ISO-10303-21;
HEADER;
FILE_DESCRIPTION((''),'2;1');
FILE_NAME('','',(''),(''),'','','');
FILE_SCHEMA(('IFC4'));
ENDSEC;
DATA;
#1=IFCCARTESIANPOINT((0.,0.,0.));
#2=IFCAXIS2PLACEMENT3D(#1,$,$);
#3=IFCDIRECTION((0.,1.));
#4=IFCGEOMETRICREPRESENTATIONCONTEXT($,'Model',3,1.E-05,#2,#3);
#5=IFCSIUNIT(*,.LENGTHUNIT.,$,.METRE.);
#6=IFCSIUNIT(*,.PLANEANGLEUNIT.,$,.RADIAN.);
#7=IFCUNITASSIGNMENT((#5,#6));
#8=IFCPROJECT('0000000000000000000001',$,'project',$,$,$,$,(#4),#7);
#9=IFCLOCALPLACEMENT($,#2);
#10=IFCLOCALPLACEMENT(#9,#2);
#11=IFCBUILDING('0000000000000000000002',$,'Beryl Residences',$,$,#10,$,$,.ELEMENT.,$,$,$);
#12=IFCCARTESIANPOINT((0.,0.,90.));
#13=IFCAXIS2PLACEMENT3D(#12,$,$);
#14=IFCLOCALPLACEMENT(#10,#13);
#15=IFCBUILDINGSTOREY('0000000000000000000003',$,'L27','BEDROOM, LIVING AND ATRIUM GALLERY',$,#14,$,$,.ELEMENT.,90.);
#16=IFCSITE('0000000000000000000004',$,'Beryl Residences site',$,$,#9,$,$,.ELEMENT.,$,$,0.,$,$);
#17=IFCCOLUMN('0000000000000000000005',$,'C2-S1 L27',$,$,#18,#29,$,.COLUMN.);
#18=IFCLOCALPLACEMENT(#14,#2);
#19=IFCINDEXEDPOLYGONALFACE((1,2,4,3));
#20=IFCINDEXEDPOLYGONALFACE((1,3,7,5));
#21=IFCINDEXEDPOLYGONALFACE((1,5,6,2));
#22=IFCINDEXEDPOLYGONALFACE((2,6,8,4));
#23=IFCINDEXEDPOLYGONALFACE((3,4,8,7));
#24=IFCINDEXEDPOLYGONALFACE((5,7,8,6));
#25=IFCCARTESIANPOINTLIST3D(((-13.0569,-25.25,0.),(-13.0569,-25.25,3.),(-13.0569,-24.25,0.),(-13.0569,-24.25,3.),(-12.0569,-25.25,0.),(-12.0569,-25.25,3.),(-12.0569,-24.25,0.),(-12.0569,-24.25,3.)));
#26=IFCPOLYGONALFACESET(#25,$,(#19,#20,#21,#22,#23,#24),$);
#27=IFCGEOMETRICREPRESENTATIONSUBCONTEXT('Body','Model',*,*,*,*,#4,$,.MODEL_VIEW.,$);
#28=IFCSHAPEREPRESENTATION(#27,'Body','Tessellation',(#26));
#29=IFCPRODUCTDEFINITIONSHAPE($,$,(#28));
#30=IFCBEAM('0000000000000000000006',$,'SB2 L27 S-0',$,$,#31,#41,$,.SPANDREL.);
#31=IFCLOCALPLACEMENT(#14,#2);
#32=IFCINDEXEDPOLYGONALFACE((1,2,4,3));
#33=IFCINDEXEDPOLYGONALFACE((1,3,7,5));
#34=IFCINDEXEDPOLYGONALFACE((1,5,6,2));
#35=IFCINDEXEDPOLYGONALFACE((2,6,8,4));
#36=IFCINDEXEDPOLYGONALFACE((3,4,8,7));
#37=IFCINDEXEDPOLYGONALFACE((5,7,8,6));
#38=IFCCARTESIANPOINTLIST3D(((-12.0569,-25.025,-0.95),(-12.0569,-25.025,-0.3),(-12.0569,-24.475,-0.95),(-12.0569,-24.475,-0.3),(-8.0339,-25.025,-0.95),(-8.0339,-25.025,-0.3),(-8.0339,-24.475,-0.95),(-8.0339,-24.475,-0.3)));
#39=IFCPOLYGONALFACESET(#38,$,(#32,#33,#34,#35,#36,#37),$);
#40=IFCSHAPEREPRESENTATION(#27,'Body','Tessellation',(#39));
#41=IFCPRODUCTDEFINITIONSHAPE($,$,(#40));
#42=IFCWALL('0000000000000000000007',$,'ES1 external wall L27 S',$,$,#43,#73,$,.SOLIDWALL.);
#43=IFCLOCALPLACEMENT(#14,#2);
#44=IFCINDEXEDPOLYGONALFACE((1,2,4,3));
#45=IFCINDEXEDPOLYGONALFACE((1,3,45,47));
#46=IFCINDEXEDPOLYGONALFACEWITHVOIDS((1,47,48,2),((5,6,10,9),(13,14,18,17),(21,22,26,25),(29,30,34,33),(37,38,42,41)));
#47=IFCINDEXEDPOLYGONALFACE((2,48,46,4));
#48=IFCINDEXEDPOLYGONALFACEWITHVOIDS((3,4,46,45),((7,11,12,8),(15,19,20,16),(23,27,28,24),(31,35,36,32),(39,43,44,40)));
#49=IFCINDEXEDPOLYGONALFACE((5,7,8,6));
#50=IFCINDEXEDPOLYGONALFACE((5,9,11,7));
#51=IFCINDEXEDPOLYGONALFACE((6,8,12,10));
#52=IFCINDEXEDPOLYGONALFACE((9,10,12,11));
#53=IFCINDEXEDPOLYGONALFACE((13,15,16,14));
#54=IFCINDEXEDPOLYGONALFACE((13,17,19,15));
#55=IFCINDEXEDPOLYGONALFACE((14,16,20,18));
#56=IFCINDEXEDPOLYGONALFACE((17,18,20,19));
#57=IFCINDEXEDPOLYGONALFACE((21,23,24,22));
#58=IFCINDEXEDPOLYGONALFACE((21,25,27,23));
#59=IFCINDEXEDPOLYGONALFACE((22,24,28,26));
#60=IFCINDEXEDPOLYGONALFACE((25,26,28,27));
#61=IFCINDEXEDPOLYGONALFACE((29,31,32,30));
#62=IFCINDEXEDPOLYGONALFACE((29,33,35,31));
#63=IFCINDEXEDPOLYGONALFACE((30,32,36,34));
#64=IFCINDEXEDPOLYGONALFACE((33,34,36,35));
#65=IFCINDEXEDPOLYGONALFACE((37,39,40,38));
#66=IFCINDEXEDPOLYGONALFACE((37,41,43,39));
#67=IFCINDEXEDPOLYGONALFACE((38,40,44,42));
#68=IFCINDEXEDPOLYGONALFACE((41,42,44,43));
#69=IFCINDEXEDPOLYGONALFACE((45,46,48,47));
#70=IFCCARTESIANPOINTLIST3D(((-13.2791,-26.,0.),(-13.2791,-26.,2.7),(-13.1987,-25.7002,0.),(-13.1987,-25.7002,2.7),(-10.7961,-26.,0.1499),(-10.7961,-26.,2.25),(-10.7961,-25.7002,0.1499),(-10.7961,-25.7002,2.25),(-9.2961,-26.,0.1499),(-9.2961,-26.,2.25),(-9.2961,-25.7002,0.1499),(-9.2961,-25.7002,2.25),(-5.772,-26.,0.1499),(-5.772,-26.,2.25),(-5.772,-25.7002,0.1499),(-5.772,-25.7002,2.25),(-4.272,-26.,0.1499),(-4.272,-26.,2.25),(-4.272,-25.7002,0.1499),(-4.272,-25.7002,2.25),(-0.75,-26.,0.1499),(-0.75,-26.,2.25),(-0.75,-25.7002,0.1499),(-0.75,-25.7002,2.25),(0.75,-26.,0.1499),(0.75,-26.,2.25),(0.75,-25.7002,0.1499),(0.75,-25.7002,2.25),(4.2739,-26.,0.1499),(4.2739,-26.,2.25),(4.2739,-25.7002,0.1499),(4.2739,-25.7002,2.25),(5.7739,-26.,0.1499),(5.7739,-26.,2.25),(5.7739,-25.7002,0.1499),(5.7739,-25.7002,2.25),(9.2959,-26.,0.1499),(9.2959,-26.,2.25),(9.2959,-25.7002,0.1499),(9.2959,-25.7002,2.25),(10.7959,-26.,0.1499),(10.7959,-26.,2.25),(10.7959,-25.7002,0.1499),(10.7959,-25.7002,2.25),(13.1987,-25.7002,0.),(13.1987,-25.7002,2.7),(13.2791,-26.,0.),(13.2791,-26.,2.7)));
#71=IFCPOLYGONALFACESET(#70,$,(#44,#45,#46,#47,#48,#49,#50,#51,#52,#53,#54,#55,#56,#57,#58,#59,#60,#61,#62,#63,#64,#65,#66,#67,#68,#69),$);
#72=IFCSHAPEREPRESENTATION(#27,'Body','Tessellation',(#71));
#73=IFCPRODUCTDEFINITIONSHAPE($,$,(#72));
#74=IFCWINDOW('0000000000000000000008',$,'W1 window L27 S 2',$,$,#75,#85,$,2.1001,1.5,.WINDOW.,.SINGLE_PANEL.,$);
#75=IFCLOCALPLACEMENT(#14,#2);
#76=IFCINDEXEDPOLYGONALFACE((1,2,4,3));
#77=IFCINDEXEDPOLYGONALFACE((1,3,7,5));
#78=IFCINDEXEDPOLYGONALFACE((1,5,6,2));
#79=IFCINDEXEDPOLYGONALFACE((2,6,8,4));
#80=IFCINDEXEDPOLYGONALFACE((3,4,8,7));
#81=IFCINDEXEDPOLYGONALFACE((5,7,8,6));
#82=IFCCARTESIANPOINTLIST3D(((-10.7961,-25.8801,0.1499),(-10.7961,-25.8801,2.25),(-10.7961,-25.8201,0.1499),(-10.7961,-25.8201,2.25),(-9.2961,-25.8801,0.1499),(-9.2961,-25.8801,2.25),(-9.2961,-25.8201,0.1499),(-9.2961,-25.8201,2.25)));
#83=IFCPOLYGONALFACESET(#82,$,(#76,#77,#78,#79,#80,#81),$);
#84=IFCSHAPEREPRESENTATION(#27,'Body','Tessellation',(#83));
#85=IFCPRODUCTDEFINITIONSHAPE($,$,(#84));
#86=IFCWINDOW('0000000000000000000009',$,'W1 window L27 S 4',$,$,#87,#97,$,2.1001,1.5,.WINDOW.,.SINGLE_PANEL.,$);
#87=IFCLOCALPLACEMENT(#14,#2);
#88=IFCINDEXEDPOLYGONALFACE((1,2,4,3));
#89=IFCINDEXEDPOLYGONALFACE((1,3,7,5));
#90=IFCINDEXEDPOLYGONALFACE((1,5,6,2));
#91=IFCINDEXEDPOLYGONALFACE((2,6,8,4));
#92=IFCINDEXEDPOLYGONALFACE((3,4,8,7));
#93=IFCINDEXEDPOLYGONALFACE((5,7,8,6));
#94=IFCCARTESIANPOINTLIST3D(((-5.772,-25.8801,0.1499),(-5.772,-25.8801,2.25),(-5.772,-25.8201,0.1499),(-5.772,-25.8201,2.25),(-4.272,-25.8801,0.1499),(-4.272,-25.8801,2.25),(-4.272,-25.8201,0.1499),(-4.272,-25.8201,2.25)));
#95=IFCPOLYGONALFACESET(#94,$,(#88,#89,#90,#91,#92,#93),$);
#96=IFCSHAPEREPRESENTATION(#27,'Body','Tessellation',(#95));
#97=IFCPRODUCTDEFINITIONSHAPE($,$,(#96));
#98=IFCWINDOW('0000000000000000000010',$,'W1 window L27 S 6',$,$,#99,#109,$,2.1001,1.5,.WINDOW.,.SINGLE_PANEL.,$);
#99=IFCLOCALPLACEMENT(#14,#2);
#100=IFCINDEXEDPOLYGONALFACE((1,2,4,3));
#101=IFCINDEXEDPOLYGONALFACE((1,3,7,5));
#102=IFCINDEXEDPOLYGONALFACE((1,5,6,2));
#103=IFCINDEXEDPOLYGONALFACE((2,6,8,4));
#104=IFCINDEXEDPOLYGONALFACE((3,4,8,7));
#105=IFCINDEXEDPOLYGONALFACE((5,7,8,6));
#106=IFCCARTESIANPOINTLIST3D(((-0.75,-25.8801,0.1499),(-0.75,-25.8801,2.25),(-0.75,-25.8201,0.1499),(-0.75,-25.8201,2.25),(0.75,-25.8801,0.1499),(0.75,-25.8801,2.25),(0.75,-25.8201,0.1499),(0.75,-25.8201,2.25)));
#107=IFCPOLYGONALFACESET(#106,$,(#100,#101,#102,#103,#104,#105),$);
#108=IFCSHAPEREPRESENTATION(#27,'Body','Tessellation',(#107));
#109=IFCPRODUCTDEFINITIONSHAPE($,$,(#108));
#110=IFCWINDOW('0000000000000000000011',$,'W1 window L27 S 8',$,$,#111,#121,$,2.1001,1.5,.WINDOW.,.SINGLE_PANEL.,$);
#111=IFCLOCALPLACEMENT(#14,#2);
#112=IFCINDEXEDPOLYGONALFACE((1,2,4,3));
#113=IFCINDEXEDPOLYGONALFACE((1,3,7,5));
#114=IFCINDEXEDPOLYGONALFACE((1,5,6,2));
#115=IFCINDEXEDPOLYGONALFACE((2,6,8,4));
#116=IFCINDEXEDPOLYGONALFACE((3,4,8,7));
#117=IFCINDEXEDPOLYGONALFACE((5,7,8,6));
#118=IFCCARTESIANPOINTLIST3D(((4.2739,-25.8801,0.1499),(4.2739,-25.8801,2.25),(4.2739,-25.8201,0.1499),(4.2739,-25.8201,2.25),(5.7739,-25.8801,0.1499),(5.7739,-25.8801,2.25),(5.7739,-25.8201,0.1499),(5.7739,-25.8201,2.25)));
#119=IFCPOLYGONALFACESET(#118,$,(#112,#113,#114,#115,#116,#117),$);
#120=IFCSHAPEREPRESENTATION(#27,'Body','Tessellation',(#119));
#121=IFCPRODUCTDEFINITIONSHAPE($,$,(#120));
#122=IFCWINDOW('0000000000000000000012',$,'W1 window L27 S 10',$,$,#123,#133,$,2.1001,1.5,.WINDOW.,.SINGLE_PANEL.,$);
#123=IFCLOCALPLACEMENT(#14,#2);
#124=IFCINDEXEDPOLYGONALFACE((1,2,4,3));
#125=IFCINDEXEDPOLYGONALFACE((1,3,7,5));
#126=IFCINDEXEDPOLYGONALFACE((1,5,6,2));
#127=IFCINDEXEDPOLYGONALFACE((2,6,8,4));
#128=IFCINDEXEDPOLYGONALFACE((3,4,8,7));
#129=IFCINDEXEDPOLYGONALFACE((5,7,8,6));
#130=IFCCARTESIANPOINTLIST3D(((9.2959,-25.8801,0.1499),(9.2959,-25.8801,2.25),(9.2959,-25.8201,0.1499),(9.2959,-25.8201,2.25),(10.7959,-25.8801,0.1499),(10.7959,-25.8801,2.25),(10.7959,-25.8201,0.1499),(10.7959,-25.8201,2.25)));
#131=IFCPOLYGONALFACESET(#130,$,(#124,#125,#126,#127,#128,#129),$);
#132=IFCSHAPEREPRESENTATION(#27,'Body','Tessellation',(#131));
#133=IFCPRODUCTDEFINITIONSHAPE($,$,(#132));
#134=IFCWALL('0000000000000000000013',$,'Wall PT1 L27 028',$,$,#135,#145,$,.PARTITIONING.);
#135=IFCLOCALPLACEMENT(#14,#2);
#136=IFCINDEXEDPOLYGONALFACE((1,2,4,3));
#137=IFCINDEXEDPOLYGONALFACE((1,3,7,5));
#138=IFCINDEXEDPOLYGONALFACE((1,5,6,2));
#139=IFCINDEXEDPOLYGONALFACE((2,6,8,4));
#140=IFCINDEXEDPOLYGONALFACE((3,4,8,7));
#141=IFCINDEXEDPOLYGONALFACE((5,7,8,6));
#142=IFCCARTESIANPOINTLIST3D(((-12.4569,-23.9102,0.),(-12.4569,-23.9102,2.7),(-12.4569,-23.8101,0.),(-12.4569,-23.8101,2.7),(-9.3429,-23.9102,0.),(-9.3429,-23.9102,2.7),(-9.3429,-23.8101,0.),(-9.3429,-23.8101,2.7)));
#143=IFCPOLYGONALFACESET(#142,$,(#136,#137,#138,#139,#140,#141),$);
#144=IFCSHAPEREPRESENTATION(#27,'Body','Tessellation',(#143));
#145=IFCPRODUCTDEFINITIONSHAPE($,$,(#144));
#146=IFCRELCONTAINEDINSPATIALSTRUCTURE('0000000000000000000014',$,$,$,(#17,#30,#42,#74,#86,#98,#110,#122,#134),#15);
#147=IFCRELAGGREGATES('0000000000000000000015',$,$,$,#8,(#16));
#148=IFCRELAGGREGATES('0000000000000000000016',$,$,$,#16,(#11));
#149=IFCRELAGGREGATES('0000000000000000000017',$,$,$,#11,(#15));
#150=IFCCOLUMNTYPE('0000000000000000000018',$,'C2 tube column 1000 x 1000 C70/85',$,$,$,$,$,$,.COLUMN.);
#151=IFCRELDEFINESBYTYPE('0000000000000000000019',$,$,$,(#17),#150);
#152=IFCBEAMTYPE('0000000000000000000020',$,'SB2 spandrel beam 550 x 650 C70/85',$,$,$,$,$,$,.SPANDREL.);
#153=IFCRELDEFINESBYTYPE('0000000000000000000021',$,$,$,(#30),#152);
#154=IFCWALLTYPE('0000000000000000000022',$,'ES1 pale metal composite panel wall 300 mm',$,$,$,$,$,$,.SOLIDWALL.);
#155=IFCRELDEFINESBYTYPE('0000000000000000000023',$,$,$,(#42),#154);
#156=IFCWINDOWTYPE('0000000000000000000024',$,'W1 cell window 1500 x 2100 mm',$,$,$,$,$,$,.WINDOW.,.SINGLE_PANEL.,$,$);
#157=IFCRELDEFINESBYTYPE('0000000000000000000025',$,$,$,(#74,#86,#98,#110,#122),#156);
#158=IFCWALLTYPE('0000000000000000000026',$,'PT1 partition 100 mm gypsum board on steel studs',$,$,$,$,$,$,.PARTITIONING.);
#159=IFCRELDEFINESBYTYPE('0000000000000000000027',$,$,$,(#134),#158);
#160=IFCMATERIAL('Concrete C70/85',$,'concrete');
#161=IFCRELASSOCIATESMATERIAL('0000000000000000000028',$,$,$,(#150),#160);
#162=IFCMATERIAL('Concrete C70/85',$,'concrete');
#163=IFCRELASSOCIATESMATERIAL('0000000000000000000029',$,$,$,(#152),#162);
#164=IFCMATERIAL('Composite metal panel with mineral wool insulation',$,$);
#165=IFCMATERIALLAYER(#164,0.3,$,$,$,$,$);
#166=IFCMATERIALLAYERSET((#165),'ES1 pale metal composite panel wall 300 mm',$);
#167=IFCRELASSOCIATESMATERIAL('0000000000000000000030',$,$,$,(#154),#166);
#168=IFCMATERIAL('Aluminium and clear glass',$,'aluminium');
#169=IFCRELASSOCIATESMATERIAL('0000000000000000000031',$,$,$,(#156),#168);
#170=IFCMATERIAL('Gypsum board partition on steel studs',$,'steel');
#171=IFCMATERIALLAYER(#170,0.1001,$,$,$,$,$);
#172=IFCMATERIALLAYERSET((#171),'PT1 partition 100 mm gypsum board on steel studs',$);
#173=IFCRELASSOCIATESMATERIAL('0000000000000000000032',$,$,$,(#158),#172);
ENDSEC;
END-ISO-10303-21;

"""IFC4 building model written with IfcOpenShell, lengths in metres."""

from ifc_helpers import new_model, si_unit, direction, frame, frame_2d, origin, origin_2d, place, context, subcontext, project, spatial, polyline, rectangle, outline, extrude, material, layer, layer_set, material_profile, profile_set, type_object, element, fill, save


model = new_model("IFC4")

# Units and contexts
model_context = context("Model", 3, precision=1e-05, world=origin(), true_north=direction((0.0, 1.0)))
body_context = subcontext(model_context, "Body", "Model", "MODEL_VIEW")
ifc_project = project(units=[si_unit("LENGTHUNIT", "METRE"), si_unit("PLANEANGLEUNIT", "RADIAN")], contexts=[model_context])

# Site, building, storey
site_placement = place(None, origin())
site = spatial("IfcSite", under=ifc_project, at=site_placement, Name="Beryl Residences site", CompositionType="ELEMENT", RefElevation=0.0)
building_placement = place(site_placement, origin())
building = spatial("IfcBuilding", under=site, at=building_placement, Name="Beryl Residences", CompositionType="ELEMENT")
storey_placement = place(building_placement, frame((0.0, 0.0, 90.0)))
storey = spatial("IfcBuildingStorey", under=building, at=storey_placement, Name="L27", Description="BEDROOM, LIVING AND ATRIUM GALLERY", CompositionType="ELEMENT", Elevation=90.0)

# Column
ifc_material_1 = material(Name="Concrete C70/85", Category="concrete")
ifc_material_profile_1 = material_profile(ifc_material_1, rectangle(XDim=1.0, YDim=1.0, at=origin_2d()))
ifc_profile_set_1 = profile_set([ifc_material_profile_1], Name="Concrete C70/85")
column_type = type_object("IfcColumnType", Name="C2 tube column 1000 x 1000 C70/85", PredefinedType="COLUMN", material=ifc_profile_set_1)
column_placement = place(storey_placement, frame((-12.5569, -24.75, 0.0), z_axis=(0.0, 0.0, 1.0), x_axis=(1.0, 0.0, 0.0)))
element("IfcColumn", 1, at=column_placement, inside=storey, type_object=column_type, Name="C2-S1 L27", PredefinedType="COLUMN", context=body_context, shape_type="SweptSolid", body=[
    extrude(rectangle(XDim=1.0, YDim=1.0, at=origin_2d()), origin(), (0.0, 0.0, 1.0), 3.0),
])

# Beam
ifc_material_2 = material(Name="Concrete C70/85", Category="concrete")
ifc_material_profile_2 = material_profile(ifc_material_2, rectangle(XDim=0.55, YDim=0.6499, at=origin_2d()))
ifc_profile_set_2 = profile_set([ifc_material_profile_2], Name="Concrete C70/85")
beam_type = type_object("IfcBeamType", Name="SB2 spandrel beam 550 x 650 C70/85", PredefinedType="SPANDREL", material=ifc_profile_set_2)
beam_placement = place(storey_placement, frame((-12.0569, -24.75, -0.625), z_axis=(1.0, 0.0, 0.0), x_axis=(0.0, 1.0, 0.0)))
element("IfcBeam", 2, at=beam_placement, inside=storey, type_object=beam_type, Name="SB2 L27 S-0", PredefinedType="SPANDREL", context=body_context, shape_type="SweptSolid", body=[
    extrude(rectangle(XDim=0.55, YDim=0.6499, at=origin_2d()), origin(), (0.0, 0.0, 1.0), 4.0229),
])

# Wall, openings, windows
ifc_material_3 = material(Name="Composite metal panel with mineral wool insulation")
ifc_layer_1 = layer(ifc_material_3, 0.3)
ifc_layer_set_1 = layer_set([ifc_layer_1], Name="ES1 pale metal composite panel wall 300 mm")
wall_type_1 = type_object("IfcWallType", Name="ES1 pale metal composite panel wall 300 mm", PredefinedType="SOLIDWALL", material=ifc_layer_set_1)
wall_1_placement = place(storey_placement, frame((-13.2791, -25.8501, 0.0), z_axis=(0.0, 0.0, 1.0), x_axis=(1.0, 0.0, 0.0)))
wall_1 = element("IfcWall", 3, at=wall_1_placement, inside=storey, type_object=wall_type_1, Name="ES1 external wall L27 S", PredefinedType="SOLIDWALL", context=body_context, shape_type="SweptSolid", body=[
    extrude(outline(polyline([(0.0, -0.1499), (26.5581, -0.1499), (26.4778, 0.1499), (0.0803, 0.1499), (0.0, -0.1499)])), origin(), (0.0, 0.0, 1.0), 2.7),
])
opening_1_placement = place(wall_1_placement, frame((2.4829, 0.0, 0.1499)))
opening_1 = element("IfcOpeningElement", 4, at=opening_1_placement, cuts=wall_1, PredefinedType="OPENING", context=body_context, shape_type="SweptSolid", body=[
    extrude(rectangle(XDim=1.5, YDim=2.1001, at=frame_2d((0.75, 1.05))), frame((0.0, 0.1599, 0.0), z_axis=(0.0, -1.0, 0.0), x_axis=(1.0, 0.0, 0.0)), (0.0, 0.0, 1.0), 0.3201),
])
opening_2_placement = place(wall_1_placement, frame((7.5071, 0.0, 0.1499)))
opening_2 = element("IfcOpeningElement", 5, at=opening_2_placement, cuts=wall_1, PredefinedType="OPENING", context=body_context, shape_type="SweptSolid", body=[
    extrude(rectangle(XDim=1.5, YDim=2.1001, at=frame_2d((0.75, 1.05))), frame((0.0, 0.1599, 0.0), z_axis=(0.0, -1.0, 0.0), x_axis=(1.0, 0.0, 0.0)), (0.0, 0.0, 1.0), 0.3201),
])
opening_3_placement = place(wall_1_placement, frame((12.5291, 0.0, 0.1499)))
opening_3 = element("IfcOpeningElement", 6, at=opening_3_placement, cuts=wall_1, PredefinedType="OPENING", context=body_context, shape_type="SweptSolid", body=[
    extrude(rectangle(XDim=1.5, YDim=2.1001, at=frame_2d((0.75, 1.05))), frame((0.0, 0.1599, 0.0), z_axis=(0.0, -1.0, 0.0), x_axis=(1.0, 0.0, 0.0)), (0.0, 0.0, 1.0), 0.3201),
])
opening_4_placement = place(wall_1_placement, frame((17.553, 0.0, 0.1499)))
opening_4 = element("IfcOpeningElement", 7, at=opening_4_placement, cuts=wall_1, PredefinedType="OPENING", context=body_context, shape_type="SweptSolid", body=[
    extrude(rectangle(XDim=1.5, YDim=2.1001, at=frame_2d((0.75, 1.05))), frame((0.0, 0.1599, 0.0), z_axis=(0.0, -1.0, 0.0), x_axis=(1.0, 0.0, 0.0)), (0.0, 0.0, 1.0), 0.3201),
])
opening_5_placement = place(wall_1_placement, frame((22.575, 0.0, 0.1499)))
opening_5 = element("IfcOpeningElement", 8, at=opening_5_placement, cuts=wall_1, PredefinedType="OPENING", context=body_context, shape_type="SweptSolid", body=[
    extrude(rectangle(XDim=1.5, YDim=2.1001, at=frame_2d((0.75, 1.05))), frame((0.0, 0.1599, 0.0), z_axis=(0.0, -1.0, 0.0), x_axis=(1.0, 0.0, 0.0)), (0.0, 0.0, 1.0), 0.3201),
])
ifc_material_4 = material(Name="Aluminium and clear glass", Category="aluminium")
window_type = type_object("IfcWindowType", Name="W1 cell window 1500 x 2100 mm", PartitioningType="SINGLE_PANEL", PredefinedType="WINDOW", material=ifc_material_4)
window_1_placement = place(opening_1_placement, origin())
window_1 = element("IfcWindow", 9, at=window_1_placement, inside=storey, type_object=window_type, Name="W1 window L27 S 2", OverallHeight=2.1001, OverallWidth=1.5, PartitioningType="SINGLE_PANEL", PredefinedType="WINDOW", context=body_context, shape_type="SweptSolid", body=[
    extrude(rectangle(XDim=1.5, YDim=2.1001, at=frame_2d((0.75, 1.05))), frame((0.0, 0.03, 0.0), z_axis=(0.0, -1.0, 0.0), x_axis=(1.0, 0.0, 0.0)), (0.0, 0.0, 1.0), 0.0601),
])
fill(opening_1, window_1)
window_2_placement = place(opening_2_placement, origin())
window_2 = element("IfcWindow", 10, at=window_2_placement, inside=storey, type_object=window_type, Name="W1 window L27 S 4", OverallHeight=2.1001, OverallWidth=1.5, PartitioningType="SINGLE_PANEL", PredefinedType="WINDOW", context=body_context, shape_type="SweptSolid", body=[
    extrude(rectangle(XDim=1.5, YDim=2.1001, at=frame_2d((0.75, 1.05))), frame((0.0, 0.03, 0.0), z_axis=(0.0, -1.0, 0.0), x_axis=(1.0, 0.0, 0.0)), (0.0, 0.0, 1.0), 0.0601),
])
fill(opening_2, window_2)
window_3_placement = place(opening_3_placement, origin())
window_3 = element("IfcWindow", 11, at=window_3_placement, inside=storey, type_object=window_type, Name="W1 window L27 S 6", OverallHeight=2.1001, OverallWidth=1.5, PartitioningType="SINGLE_PANEL", PredefinedType="WINDOW", context=body_context, shape_type="SweptSolid", body=[
    extrude(rectangle(XDim=1.5, YDim=2.1001, at=frame_2d((0.75, 1.05))), frame((0.0, 0.03, 0.0), z_axis=(0.0, -1.0, 0.0), x_axis=(1.0, 0.0, 0.0)), (0.0, 0.0, 1.0), 0.0601),
])
fill(opening_3, window_3)
window_4_placement = place(opening_4_placement, origin())
window_4 = element("IfcWindow", 12, at=window_4_placement, inside=storey, type_object=window_type, Name="W1 window L27 S 8", OverallHeight=2.1001, OverallWidth=1.5, PartitioningType="SINGLE_PANEL", PredefinedType="WINDOW", context=body_context, shape_type="SweptSolid", body=[
    extrude(rectangle(XDim=1.5, YDim=2.1001, at=frame_2d((0.75, 1.05))), frame((0.0, 0.03, 0.0), z_axis=(0.0, -1.0, 0.0), x_axis=(1.0, 0.0, 0.0)), (0.0, 0.0, 1.0), 0.0601),
])
fill(opening_4, window_4)
window_5_placement = place(opening_5_placement, origin())
window_5 = element("IfcWindow", 13, at=window_5_placement, inside=storey, type_object=window_type, Name="W1 window L27 S 10", OverallHeight=2.1001, OverallWidth=1.5, PartitioningType="SINGLE_PANEL", PredefinedType="WINDOW", context=body_context, shape_type="SweptSolid", body=[
    extrude(rectangle(XDim=1.5, YDim=2.1001, at=frame_2d((0.75, 1.05))), frame((0.0, 0.03, 0.0), z_axis=(0.0, -1.0, 0.0), x_axis=(1.0, 0.0, 0.0)), (0.0, 0.0, 1.0), 0.0601),
])
fill(opening_5, window_5)

# Wall
ifc_material_5 = material(Name="Gypsum board partition on steel studs", Category="steel")
ifc_layer_2 = layer(ifc_material_5, 0.1001)
ifc_layer_set_2 = layer_set([ifc_layer_2], Name="PT1 partition 100 mm gypsum board on steel studs")
wall_type_2 = type_object("IfcWallType", Name="PT1 partition 100 mm gypsum board on steel studs", PredefinedType="PARTITIONING", material=ifc_layer_set_2)
wall_2_placement = place(storey_placement, frame((-12.457, -23.8601, 0.0), z_axis=(0.0, 0.0, 1.0), x_axis=(1.0, 0.0, 0.0)))
element("IfcWall", 14, at=wall_2_placement, inside=storey, type_object=wall_type_2, Name="Wall PT1 L27 028", PredefinedType="PARTITIONING", context=body_context, shape_type="SweptSolid", body=[
    extrude(rectangle(XDim=3.114, YDim=0.1001, at=frame_2d((1.5571, 0.0))), origin(), (0.0, 0.0, 1.0), 2.7),
])

save(model, "model.ifc")
